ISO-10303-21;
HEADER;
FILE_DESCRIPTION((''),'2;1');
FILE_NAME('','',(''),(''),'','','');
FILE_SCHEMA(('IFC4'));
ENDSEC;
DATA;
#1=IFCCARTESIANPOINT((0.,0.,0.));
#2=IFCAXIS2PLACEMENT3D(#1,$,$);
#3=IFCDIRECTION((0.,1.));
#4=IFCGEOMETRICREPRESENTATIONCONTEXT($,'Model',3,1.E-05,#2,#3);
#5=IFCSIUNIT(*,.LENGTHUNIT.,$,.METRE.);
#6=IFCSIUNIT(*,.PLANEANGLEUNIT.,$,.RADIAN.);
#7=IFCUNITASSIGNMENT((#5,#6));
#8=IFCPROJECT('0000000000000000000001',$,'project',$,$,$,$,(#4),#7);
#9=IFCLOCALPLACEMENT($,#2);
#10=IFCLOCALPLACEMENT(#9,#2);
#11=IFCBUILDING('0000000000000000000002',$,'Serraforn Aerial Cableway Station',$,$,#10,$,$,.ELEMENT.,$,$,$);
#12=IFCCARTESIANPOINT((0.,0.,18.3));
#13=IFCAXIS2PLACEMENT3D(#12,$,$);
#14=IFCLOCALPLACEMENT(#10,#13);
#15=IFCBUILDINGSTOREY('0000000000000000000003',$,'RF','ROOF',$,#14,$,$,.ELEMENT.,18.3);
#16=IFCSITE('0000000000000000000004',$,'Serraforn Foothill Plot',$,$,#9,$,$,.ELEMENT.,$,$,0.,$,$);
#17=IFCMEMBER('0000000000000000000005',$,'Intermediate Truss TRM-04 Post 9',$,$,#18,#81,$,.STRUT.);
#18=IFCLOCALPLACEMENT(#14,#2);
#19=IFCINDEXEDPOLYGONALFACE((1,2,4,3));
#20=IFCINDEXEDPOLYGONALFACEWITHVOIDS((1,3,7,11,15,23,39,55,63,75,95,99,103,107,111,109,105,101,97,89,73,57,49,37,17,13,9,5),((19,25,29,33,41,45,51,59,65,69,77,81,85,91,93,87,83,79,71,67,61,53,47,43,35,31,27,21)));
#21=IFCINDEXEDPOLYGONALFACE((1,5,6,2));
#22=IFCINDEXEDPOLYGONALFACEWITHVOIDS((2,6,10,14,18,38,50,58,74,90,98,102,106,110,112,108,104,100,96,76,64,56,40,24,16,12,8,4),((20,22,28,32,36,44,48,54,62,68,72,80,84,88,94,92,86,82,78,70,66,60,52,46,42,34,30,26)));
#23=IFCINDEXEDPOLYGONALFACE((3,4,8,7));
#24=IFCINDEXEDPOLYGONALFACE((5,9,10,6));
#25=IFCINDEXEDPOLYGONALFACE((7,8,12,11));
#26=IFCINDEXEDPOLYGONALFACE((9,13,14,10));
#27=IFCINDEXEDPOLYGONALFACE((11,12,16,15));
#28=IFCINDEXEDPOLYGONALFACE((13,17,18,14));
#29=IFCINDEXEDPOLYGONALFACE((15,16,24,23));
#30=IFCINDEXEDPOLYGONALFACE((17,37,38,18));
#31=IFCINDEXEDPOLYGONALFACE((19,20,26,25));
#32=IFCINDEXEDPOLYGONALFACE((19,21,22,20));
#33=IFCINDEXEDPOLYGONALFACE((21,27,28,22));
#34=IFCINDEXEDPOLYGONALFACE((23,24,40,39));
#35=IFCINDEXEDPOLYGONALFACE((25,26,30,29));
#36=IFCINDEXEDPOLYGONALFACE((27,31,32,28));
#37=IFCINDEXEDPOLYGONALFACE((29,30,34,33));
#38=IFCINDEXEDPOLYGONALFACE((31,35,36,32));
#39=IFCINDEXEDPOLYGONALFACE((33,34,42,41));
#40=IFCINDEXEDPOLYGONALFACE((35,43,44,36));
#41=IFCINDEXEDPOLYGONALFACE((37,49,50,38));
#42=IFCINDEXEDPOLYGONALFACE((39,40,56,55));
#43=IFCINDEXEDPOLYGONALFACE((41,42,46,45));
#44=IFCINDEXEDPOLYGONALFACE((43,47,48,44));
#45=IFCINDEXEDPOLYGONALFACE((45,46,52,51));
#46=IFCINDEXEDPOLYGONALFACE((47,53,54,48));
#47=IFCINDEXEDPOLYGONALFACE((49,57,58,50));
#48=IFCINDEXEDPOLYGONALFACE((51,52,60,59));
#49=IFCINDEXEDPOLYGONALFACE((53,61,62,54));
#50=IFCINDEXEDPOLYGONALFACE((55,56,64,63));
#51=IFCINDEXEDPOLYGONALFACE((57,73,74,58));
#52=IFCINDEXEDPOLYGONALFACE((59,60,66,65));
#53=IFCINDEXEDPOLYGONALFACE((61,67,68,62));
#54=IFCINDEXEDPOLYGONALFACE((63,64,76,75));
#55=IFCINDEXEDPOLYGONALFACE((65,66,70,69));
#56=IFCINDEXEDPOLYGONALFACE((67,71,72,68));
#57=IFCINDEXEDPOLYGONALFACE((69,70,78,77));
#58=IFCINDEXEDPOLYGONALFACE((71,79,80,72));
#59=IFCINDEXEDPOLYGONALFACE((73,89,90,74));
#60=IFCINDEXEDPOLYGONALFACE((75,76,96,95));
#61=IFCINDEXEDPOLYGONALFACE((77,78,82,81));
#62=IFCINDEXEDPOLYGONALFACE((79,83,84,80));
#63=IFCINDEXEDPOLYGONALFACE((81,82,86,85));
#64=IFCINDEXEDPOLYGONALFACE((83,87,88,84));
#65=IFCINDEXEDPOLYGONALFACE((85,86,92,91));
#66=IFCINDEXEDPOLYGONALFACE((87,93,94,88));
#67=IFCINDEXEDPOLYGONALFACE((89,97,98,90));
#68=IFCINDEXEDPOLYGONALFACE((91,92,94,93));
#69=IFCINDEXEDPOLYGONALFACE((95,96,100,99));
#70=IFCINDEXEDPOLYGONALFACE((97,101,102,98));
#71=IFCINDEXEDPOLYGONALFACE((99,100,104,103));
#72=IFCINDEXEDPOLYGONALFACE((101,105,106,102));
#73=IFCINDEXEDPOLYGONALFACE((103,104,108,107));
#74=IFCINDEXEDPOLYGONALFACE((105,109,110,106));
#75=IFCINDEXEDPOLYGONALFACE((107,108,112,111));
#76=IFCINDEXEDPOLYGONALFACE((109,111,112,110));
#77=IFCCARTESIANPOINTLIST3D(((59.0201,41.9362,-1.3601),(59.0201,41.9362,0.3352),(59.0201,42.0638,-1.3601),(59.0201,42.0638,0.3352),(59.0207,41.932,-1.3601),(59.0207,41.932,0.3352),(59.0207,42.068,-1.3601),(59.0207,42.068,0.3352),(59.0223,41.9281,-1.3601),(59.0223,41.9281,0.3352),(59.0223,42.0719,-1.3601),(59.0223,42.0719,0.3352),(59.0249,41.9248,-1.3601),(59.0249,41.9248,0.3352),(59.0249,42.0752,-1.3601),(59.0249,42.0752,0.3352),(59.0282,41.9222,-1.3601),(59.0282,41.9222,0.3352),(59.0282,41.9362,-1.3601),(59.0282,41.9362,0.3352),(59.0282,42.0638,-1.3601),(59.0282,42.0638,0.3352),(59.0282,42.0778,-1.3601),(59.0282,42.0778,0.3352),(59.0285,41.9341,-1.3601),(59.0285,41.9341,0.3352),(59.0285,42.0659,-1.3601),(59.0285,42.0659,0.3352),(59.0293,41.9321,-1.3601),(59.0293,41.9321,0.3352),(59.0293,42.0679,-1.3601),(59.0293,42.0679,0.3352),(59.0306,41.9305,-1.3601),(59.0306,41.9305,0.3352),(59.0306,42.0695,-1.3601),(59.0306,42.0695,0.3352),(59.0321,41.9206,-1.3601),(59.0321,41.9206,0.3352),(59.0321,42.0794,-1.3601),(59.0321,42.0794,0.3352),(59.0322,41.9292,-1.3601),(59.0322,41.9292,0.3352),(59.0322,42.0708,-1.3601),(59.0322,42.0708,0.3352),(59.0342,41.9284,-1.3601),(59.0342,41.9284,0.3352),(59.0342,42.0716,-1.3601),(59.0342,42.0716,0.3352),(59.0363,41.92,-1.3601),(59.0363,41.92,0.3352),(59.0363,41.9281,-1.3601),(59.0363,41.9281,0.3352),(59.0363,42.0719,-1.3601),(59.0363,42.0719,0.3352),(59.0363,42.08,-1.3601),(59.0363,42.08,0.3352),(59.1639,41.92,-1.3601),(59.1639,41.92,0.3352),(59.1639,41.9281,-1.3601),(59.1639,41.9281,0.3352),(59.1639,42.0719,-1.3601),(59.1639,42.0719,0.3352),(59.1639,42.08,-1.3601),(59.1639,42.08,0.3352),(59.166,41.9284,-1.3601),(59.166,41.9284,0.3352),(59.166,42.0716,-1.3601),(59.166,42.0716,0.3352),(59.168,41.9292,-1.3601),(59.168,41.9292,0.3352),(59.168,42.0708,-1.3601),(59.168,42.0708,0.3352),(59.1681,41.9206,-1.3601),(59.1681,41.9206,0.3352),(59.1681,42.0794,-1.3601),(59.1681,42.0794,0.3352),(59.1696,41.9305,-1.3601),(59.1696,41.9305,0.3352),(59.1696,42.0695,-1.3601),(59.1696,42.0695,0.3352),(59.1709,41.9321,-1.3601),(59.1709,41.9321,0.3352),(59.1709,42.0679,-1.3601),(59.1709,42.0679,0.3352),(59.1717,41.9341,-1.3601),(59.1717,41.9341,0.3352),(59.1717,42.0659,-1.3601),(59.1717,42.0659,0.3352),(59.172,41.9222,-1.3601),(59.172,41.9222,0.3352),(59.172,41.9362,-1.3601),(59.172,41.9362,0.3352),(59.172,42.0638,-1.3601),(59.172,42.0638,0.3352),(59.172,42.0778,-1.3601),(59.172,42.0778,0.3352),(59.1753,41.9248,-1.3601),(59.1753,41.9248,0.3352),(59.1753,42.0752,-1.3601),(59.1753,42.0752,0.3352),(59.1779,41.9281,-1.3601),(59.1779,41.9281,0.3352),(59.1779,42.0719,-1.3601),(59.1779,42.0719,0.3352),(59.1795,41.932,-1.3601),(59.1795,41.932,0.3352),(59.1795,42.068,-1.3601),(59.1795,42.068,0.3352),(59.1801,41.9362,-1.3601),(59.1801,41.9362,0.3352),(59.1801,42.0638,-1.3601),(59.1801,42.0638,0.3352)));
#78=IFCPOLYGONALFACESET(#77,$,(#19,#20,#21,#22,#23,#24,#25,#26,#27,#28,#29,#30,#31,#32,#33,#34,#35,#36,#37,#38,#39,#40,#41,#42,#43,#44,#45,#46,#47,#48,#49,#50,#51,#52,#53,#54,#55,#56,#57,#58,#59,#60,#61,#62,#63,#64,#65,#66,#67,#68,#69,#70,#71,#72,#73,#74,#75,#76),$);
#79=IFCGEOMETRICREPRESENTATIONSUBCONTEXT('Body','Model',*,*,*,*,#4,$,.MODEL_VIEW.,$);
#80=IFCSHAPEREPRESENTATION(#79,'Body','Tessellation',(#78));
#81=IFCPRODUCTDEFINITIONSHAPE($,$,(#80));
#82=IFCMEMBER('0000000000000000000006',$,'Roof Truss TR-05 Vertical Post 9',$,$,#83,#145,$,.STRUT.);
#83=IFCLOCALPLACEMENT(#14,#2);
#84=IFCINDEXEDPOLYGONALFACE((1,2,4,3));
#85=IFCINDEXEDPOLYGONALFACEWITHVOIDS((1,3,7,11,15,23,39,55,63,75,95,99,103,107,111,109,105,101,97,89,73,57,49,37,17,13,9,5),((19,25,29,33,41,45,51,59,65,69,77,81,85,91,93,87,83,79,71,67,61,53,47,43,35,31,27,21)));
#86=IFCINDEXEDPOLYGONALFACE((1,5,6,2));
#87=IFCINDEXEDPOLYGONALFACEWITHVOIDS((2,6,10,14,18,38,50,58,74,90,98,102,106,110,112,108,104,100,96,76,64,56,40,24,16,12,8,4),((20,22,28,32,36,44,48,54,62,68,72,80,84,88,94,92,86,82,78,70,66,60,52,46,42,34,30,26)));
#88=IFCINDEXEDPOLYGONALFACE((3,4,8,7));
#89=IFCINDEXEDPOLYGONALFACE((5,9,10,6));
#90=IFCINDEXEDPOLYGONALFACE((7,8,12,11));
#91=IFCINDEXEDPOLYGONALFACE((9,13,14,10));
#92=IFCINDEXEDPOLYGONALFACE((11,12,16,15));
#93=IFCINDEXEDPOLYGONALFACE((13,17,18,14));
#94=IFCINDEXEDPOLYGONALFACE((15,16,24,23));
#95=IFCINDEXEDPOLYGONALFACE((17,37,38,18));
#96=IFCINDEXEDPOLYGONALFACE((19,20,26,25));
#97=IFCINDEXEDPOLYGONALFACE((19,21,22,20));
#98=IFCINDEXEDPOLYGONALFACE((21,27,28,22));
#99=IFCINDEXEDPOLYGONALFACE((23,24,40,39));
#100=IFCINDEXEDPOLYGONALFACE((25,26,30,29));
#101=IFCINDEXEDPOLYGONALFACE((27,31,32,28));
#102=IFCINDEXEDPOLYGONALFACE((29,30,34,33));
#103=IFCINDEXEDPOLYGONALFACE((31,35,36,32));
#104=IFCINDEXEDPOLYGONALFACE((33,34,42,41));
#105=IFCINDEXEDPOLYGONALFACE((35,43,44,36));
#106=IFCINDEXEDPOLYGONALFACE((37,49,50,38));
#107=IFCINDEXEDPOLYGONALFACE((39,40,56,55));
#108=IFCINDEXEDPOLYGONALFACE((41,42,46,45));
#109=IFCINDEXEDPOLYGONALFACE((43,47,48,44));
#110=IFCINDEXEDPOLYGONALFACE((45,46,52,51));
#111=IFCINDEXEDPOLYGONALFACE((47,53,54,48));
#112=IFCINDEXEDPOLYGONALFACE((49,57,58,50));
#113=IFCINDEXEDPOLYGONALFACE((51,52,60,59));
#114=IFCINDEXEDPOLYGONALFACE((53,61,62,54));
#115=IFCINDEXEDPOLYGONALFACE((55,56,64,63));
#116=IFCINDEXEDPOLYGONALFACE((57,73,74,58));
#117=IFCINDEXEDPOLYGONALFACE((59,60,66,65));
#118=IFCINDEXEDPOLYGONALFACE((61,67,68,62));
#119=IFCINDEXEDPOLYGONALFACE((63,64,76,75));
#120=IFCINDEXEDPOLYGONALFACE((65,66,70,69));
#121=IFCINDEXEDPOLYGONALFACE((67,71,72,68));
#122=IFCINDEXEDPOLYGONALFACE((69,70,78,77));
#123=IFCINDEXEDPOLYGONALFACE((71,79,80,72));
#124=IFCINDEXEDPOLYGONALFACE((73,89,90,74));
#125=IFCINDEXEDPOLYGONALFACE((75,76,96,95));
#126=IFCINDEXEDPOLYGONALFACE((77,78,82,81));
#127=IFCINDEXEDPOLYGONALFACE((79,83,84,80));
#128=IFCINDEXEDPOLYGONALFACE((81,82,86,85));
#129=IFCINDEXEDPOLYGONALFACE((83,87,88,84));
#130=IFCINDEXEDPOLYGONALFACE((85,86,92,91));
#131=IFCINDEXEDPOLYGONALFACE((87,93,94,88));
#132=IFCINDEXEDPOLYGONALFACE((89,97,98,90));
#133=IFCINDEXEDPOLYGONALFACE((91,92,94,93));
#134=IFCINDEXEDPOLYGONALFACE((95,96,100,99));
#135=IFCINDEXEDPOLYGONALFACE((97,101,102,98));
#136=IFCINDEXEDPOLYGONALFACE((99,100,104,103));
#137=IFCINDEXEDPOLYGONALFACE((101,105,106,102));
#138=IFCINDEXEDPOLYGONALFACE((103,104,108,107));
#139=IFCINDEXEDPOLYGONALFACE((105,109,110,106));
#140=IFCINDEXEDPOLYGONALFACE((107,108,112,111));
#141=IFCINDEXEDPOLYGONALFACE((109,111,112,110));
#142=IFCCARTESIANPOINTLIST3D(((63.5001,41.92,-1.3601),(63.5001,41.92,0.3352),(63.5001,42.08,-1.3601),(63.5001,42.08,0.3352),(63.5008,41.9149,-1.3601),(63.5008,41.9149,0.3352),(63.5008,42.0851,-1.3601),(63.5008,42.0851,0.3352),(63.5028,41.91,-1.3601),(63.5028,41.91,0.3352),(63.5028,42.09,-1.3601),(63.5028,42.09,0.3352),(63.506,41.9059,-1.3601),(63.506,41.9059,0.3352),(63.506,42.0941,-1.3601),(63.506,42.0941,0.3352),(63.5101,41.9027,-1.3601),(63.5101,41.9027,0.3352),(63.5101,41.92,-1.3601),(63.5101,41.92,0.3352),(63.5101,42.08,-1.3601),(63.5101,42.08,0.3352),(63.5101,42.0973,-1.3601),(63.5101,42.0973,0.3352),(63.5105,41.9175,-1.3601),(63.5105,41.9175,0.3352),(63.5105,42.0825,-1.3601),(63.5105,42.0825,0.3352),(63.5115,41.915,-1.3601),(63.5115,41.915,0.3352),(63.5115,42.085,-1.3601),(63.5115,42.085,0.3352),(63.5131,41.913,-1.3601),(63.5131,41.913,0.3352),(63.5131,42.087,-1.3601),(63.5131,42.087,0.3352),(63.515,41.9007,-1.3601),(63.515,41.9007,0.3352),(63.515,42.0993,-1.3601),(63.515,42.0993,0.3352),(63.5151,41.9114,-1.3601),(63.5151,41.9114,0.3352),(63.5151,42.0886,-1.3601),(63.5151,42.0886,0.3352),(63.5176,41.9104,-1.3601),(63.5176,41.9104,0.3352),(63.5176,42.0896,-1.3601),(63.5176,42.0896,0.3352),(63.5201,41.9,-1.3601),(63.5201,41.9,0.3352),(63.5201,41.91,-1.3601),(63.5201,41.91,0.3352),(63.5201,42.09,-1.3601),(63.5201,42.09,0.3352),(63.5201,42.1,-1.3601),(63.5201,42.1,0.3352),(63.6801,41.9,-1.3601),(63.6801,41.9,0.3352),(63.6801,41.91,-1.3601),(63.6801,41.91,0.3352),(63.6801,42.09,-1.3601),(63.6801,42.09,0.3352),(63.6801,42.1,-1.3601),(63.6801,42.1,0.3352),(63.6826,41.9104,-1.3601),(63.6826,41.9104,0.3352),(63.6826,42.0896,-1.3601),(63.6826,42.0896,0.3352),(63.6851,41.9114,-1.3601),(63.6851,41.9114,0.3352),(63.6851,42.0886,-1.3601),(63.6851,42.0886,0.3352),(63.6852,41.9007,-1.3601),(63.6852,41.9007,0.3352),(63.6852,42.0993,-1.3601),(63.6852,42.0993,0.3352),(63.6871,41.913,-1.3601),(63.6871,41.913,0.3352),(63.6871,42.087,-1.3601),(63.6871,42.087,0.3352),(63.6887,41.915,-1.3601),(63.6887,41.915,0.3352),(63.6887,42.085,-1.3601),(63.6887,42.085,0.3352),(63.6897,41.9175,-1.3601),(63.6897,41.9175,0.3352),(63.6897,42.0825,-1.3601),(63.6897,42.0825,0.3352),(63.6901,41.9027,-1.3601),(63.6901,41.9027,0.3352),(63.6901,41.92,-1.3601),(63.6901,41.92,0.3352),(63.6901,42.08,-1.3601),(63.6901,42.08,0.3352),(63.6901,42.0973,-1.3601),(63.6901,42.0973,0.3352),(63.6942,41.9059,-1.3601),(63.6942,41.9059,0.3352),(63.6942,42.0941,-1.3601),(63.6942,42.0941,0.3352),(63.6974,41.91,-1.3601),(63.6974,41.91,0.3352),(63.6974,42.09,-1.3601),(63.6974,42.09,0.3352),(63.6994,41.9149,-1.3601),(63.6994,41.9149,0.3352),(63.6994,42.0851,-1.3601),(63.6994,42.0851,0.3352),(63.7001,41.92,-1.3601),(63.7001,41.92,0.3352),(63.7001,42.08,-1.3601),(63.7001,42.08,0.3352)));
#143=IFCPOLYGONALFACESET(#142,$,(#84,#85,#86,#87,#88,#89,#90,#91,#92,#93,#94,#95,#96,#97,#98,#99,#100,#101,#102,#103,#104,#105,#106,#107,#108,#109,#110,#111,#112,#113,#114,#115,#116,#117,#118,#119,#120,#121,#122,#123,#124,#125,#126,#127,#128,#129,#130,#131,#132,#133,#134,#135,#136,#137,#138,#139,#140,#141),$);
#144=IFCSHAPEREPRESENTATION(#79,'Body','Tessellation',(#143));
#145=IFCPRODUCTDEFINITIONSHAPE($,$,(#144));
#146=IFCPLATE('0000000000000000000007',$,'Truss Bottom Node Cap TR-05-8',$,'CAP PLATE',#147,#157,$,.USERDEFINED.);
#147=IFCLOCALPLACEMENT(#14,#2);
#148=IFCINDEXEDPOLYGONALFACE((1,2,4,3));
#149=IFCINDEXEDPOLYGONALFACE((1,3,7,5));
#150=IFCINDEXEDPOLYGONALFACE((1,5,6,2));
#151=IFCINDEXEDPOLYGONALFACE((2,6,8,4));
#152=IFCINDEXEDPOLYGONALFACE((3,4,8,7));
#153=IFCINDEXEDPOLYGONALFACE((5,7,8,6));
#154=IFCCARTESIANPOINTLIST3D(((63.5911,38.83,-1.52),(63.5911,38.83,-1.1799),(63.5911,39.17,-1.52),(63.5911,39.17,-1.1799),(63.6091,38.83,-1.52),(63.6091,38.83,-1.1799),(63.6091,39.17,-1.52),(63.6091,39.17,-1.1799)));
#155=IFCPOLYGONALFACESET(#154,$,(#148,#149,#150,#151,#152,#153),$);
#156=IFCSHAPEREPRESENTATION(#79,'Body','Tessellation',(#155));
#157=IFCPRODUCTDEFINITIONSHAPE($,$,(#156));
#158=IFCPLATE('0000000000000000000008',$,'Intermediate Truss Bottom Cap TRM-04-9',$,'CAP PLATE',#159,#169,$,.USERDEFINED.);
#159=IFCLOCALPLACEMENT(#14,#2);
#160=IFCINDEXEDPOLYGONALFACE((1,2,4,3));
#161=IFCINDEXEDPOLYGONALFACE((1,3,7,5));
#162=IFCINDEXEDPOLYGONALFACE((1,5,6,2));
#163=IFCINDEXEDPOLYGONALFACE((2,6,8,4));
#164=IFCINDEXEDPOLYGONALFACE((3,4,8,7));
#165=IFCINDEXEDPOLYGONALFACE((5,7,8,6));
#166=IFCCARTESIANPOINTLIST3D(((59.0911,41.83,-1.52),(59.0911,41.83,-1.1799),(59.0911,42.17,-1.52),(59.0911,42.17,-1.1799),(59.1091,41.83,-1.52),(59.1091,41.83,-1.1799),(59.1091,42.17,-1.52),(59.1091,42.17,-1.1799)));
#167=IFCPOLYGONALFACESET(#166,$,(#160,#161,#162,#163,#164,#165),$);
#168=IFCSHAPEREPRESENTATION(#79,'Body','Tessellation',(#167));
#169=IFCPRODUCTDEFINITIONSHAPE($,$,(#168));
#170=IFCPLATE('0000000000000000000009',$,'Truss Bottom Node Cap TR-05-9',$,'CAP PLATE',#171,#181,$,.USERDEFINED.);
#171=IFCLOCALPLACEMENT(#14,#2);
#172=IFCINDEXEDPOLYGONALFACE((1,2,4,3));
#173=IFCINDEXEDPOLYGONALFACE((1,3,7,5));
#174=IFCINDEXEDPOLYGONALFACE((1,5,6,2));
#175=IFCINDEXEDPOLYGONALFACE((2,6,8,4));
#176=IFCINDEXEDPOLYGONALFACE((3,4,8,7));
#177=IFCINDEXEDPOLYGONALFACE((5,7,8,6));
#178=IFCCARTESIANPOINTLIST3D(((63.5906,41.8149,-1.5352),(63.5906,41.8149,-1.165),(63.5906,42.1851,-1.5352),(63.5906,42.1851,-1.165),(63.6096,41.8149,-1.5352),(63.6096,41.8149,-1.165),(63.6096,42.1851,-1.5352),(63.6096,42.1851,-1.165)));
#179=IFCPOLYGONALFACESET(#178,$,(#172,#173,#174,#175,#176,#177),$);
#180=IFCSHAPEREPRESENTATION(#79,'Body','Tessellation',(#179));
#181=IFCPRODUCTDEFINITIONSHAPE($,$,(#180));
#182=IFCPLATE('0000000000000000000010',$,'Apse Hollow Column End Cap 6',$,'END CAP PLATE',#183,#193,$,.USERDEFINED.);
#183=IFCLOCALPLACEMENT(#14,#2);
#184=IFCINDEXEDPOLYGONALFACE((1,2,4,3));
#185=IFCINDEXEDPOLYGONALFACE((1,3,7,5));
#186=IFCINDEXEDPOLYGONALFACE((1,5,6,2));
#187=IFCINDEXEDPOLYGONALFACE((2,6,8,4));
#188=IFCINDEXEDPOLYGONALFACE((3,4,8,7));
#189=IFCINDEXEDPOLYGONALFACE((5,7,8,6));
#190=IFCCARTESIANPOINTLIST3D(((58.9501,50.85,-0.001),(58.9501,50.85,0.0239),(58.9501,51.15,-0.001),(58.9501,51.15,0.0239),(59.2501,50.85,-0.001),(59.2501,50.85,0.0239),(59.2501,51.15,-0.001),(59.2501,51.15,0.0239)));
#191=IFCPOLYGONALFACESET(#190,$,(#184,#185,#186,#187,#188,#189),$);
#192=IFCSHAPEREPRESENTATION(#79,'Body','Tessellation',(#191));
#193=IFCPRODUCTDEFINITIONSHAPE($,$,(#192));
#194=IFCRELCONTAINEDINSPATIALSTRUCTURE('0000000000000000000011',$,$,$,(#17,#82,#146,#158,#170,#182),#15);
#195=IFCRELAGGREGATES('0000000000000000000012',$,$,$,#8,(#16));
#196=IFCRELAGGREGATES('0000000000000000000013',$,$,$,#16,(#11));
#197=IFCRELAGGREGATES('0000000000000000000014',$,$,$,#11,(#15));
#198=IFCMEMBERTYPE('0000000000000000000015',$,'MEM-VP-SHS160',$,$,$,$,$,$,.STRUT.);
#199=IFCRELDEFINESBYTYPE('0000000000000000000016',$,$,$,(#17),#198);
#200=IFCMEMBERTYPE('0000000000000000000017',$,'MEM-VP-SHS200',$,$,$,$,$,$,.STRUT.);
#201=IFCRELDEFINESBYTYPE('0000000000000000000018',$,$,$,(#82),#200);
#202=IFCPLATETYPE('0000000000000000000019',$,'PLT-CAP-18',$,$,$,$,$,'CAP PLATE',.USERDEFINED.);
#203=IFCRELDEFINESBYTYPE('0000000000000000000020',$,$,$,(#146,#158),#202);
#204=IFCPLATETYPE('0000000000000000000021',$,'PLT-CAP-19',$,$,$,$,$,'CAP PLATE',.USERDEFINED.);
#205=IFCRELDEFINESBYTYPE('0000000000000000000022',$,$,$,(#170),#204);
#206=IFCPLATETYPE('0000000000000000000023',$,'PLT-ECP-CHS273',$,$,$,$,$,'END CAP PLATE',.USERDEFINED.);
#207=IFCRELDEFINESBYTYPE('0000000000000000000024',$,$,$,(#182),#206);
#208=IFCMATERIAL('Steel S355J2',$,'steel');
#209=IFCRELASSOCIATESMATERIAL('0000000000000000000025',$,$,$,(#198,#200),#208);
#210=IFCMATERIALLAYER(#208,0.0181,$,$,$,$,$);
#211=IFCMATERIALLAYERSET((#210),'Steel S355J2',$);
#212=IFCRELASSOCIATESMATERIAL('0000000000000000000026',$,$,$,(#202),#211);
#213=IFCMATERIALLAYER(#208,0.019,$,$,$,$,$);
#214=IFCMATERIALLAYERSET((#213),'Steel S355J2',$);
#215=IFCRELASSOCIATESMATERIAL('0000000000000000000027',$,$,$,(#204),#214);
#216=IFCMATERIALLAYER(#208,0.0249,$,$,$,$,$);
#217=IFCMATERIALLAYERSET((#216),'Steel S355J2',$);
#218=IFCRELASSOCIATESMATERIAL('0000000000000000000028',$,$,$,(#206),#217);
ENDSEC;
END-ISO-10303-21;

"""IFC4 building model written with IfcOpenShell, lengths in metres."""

from ifc_helpers import new_model, si_unit, direction, frame, origin, origin_2d, place, context, subcontext, project, spatial, rectangle, hollow_rectangle, extrude, material, layer, layer_set, material_profile, profile_set, type_object, element, save


model = new_model("IFC4")

# Units and contexts
model_context = context("Model", 3, precision=1e-05, world=origin(), true_north=direction((0.0, 1.0)))
body_context = subcontext(model_context, "Body", "Model", "MODEL_VIEW")
ifc_project = project(units=[si_unit("LENGTHUNIT", "METRE"), si_unit("PLANEANGLEUNIT", "RADIAN")], contexts=[model_context])

# Site, building, storey
site_placement = place(None, origin())
site = spatial("IfcSite", under=ifc_project, at=site_placement, Name="Serraforn Foothill Plot", CompositionType="ELEMENT", RefElevation=0.0)
building_placement = place(site_placement, origin())
building = spatial("IfcBuilding", under=site, at=building_placement, Name="Serraforn Aerial Cableway Station", CompositionType="ELEMENT")
storey_placement = place(building_placement, frame((0.0, 0.0, 18.3)))
storey = spatial("IfcBuildingStorey", under=building, at=storey_placement, Name="RF", Description="ROOF", CompositionType="ELEMENT", Elevation=18.3)

# Shared definitions
ifc_material_1 = material(Name="Steel S355J2", Category="steel")

# Members
ifc_material_profile_1 = material_profile(ifc_material_1, hollow_rectangle(XDim=0.1599, YDim=0.1599, WallThickness=0.0081, InnerFilletRadius=0.0081, OuterFilletRadius=0.0161, at=origin_2d()), Name="SHS 160x160x8.0")
ifc_profile_set_1 = profile_set([ifc_material_profile_1], Name="Steel S355J2")
member_type_1 = type_object("IfcMemberType", Name="MEM-VP-SHS160", PredefinedType="STRUT", material=ifc_profile_set_1)
member_1_placement = place(storey_placement, frame((59.1001, 42.0, -1.3601), z_axis=(0.0, 0.0, 1.0), x_axis=(1.0, 0.0, 0.0)))
element("IfcMember", 1, at=member_1_placement, inside=storey, type_object=member_type_1, Name="Intermediate Truss TRM-04 Post 9", PredefinedType="STRUT", context=body_context, shape_type="SweptSolid", body=[
    extrude(hollow_rectangle(XDim=0.1599, YDim=0.1599, WallThickness=0.0081, InnerFilletRadius=0.0081, OuterFilletRadius=0.0161, at=origin_2d()), origin(), (0.0, 0.0, 1.0), 1.6953),
])
ifc_material_profile_2 = material_profile(ifc_material_1, hollow_rectangle(XDim=0.2, YDim=0.2, WallThickness=0.01, InnerFilletRadius=0.01, OuterFilletRadius=0.02, at=origin_2d()), Name="SHS 200x200x10.0")
ifc_profile_set_2 = profile_set([ifc_material_profile_2], Name="Steel S355J2")
member_type_2 = type_object("IfcMemberType", Name="MEM-VP-SHS200", PredefinedType="STRUT", material=ifc_profile_set_2)
member_2_placement = place(storey_placement, frame((63.6001, 42.0, -1.3601), z_axis=(0.0, 0.0, 1.0), x_axis=(1.0, 0.0, 0.0)))
element("IfcMember", 2, at=member_2_placement, inside=storey, type_object=member_type_2, Name="Roof Truss TR-05 Vertical Post 9", PredefinedType="STRUT", context=body_context, shape_type="SweptSolid", body=[
    extrude(hollow_rectangle(XDim=0.2, YDim=0.2, WallThickness=0.01, InnerFilletRadius=0.01, OuterFilletRadius=0.02, at=origin_2d()), origin(), (0.0, 0.0, 1.0), 1.6953),
])

# Plates
ifc_layer_1 = layer(ifc_material_1, 0.0181)
ifc_layer_set_1 = layer_set([ifc_layer_1], Name="Steel S355J2")
plate_type_1 = type_object("IfcPlateType", Name="PLT-CAP-18", ElementType="CAP PLATE", PredefinedType="USERDEFINED", material=ifc_layer_set_1)
for number, where, z_axis, x_axis, name in (
    (3, (63.6001, 39.0, -1.52), (0.0, 0.0, 1.0), (1.0, 0.0, 0.0), "Truss Bottom Node Cap TR-05-8"),
    (4, (59.1001, 42.0, -1.52), (0.0, 0.0, 1.0), (1.0, 0.0, 0.0), "Intermediate Truss Bottom Cap TRM-04-9"),
):
    element("IfcPlate", number, at=place(storey_placement, frame(where, z_axis=z_axis, x_axis=x_axis)), inside=storey, type_object=plate_type_1, Name=name, ObjectType="CAP PLATE", PredefinedType="USERDEFINED", context=body_context, shape_type="SweptSolid", body=[
        extrude(rectangle(XDim=0.0181, YDim=0.3401, at=origin_2d()), origin(), (0.0, 0.0, 1.0), 0.3401),
    ])
ifc_layer_2 = layer(ifc_material_1, 0.019)
ifc_layer_set_2 = layer_set([ifc_layer_2], Name="Steel S355J2")
plate_type_2 = type_object("IfcPlateType", Name="PLT-CAP-19", ElementType="CAP PLATE", PredefinedType="USERDEFINED", material=ifc_layer_set_2)
plate_1_placement = place(storey_placement, frame((63.6001, 42.0, -1.5352), z_axis=(0.0, 0.0, 1.0), x_axis=(1.0, 0.0, 0.0)))
element("IfcPlate", 5, at=plate_1_placement, inside=storey, type_object=plate_type_2, Name="Truss Bottom Node Cap TR-05-9", ObjectType="CAP PLATE", PredefinedType="USERDEFINED", context=body_context, shape_type="SweptSolid", body=[
    extrude(rectangle(XDim=0.019, YDim=0.3701, at=origin_2d()), origin(), (0.0, 0.0, 1.0), 0.3701),
])
ifc_layer_3 = layer(ifc_material_1, 0.0249)
ifc_layer_set_3 = layer_set([ifc_layer_3], Name="Steel S355J2")
plate_type_3 = type_object("IfcPlateType", Name="PLT-ECP-CHS273", ElementType="END CAP PLATE", PredefinedType="USERDEFINED", material=ifc_layer_set_3)
for number, where, z_axis, x_axis, name in (
    (6, (59.1001, 51.0, -0.001), (0.0, 0.0, 1.0), (1.0, 0.0, 0.0), "Apse Hollow Column End Cap 6"),
):
    element("IfcPlate", number, at=place(storey_placement, frame(where, z_axis=z_axis, x_axis=x_axis)), inside=storey, type_object=plate_type_3, Name=name, ObjectType="END CAP PLATE", PredefinedType="USERDEFINED", context=body_context, shape_type="SweptSolid", body=[
        extrude(rectangle(XDim=0.3, YDim=0.3, at=origin_2d()), origin(), (0.0, 0.0, 1.0), 0.0249),
    ])

save(model, "model.ifc")
